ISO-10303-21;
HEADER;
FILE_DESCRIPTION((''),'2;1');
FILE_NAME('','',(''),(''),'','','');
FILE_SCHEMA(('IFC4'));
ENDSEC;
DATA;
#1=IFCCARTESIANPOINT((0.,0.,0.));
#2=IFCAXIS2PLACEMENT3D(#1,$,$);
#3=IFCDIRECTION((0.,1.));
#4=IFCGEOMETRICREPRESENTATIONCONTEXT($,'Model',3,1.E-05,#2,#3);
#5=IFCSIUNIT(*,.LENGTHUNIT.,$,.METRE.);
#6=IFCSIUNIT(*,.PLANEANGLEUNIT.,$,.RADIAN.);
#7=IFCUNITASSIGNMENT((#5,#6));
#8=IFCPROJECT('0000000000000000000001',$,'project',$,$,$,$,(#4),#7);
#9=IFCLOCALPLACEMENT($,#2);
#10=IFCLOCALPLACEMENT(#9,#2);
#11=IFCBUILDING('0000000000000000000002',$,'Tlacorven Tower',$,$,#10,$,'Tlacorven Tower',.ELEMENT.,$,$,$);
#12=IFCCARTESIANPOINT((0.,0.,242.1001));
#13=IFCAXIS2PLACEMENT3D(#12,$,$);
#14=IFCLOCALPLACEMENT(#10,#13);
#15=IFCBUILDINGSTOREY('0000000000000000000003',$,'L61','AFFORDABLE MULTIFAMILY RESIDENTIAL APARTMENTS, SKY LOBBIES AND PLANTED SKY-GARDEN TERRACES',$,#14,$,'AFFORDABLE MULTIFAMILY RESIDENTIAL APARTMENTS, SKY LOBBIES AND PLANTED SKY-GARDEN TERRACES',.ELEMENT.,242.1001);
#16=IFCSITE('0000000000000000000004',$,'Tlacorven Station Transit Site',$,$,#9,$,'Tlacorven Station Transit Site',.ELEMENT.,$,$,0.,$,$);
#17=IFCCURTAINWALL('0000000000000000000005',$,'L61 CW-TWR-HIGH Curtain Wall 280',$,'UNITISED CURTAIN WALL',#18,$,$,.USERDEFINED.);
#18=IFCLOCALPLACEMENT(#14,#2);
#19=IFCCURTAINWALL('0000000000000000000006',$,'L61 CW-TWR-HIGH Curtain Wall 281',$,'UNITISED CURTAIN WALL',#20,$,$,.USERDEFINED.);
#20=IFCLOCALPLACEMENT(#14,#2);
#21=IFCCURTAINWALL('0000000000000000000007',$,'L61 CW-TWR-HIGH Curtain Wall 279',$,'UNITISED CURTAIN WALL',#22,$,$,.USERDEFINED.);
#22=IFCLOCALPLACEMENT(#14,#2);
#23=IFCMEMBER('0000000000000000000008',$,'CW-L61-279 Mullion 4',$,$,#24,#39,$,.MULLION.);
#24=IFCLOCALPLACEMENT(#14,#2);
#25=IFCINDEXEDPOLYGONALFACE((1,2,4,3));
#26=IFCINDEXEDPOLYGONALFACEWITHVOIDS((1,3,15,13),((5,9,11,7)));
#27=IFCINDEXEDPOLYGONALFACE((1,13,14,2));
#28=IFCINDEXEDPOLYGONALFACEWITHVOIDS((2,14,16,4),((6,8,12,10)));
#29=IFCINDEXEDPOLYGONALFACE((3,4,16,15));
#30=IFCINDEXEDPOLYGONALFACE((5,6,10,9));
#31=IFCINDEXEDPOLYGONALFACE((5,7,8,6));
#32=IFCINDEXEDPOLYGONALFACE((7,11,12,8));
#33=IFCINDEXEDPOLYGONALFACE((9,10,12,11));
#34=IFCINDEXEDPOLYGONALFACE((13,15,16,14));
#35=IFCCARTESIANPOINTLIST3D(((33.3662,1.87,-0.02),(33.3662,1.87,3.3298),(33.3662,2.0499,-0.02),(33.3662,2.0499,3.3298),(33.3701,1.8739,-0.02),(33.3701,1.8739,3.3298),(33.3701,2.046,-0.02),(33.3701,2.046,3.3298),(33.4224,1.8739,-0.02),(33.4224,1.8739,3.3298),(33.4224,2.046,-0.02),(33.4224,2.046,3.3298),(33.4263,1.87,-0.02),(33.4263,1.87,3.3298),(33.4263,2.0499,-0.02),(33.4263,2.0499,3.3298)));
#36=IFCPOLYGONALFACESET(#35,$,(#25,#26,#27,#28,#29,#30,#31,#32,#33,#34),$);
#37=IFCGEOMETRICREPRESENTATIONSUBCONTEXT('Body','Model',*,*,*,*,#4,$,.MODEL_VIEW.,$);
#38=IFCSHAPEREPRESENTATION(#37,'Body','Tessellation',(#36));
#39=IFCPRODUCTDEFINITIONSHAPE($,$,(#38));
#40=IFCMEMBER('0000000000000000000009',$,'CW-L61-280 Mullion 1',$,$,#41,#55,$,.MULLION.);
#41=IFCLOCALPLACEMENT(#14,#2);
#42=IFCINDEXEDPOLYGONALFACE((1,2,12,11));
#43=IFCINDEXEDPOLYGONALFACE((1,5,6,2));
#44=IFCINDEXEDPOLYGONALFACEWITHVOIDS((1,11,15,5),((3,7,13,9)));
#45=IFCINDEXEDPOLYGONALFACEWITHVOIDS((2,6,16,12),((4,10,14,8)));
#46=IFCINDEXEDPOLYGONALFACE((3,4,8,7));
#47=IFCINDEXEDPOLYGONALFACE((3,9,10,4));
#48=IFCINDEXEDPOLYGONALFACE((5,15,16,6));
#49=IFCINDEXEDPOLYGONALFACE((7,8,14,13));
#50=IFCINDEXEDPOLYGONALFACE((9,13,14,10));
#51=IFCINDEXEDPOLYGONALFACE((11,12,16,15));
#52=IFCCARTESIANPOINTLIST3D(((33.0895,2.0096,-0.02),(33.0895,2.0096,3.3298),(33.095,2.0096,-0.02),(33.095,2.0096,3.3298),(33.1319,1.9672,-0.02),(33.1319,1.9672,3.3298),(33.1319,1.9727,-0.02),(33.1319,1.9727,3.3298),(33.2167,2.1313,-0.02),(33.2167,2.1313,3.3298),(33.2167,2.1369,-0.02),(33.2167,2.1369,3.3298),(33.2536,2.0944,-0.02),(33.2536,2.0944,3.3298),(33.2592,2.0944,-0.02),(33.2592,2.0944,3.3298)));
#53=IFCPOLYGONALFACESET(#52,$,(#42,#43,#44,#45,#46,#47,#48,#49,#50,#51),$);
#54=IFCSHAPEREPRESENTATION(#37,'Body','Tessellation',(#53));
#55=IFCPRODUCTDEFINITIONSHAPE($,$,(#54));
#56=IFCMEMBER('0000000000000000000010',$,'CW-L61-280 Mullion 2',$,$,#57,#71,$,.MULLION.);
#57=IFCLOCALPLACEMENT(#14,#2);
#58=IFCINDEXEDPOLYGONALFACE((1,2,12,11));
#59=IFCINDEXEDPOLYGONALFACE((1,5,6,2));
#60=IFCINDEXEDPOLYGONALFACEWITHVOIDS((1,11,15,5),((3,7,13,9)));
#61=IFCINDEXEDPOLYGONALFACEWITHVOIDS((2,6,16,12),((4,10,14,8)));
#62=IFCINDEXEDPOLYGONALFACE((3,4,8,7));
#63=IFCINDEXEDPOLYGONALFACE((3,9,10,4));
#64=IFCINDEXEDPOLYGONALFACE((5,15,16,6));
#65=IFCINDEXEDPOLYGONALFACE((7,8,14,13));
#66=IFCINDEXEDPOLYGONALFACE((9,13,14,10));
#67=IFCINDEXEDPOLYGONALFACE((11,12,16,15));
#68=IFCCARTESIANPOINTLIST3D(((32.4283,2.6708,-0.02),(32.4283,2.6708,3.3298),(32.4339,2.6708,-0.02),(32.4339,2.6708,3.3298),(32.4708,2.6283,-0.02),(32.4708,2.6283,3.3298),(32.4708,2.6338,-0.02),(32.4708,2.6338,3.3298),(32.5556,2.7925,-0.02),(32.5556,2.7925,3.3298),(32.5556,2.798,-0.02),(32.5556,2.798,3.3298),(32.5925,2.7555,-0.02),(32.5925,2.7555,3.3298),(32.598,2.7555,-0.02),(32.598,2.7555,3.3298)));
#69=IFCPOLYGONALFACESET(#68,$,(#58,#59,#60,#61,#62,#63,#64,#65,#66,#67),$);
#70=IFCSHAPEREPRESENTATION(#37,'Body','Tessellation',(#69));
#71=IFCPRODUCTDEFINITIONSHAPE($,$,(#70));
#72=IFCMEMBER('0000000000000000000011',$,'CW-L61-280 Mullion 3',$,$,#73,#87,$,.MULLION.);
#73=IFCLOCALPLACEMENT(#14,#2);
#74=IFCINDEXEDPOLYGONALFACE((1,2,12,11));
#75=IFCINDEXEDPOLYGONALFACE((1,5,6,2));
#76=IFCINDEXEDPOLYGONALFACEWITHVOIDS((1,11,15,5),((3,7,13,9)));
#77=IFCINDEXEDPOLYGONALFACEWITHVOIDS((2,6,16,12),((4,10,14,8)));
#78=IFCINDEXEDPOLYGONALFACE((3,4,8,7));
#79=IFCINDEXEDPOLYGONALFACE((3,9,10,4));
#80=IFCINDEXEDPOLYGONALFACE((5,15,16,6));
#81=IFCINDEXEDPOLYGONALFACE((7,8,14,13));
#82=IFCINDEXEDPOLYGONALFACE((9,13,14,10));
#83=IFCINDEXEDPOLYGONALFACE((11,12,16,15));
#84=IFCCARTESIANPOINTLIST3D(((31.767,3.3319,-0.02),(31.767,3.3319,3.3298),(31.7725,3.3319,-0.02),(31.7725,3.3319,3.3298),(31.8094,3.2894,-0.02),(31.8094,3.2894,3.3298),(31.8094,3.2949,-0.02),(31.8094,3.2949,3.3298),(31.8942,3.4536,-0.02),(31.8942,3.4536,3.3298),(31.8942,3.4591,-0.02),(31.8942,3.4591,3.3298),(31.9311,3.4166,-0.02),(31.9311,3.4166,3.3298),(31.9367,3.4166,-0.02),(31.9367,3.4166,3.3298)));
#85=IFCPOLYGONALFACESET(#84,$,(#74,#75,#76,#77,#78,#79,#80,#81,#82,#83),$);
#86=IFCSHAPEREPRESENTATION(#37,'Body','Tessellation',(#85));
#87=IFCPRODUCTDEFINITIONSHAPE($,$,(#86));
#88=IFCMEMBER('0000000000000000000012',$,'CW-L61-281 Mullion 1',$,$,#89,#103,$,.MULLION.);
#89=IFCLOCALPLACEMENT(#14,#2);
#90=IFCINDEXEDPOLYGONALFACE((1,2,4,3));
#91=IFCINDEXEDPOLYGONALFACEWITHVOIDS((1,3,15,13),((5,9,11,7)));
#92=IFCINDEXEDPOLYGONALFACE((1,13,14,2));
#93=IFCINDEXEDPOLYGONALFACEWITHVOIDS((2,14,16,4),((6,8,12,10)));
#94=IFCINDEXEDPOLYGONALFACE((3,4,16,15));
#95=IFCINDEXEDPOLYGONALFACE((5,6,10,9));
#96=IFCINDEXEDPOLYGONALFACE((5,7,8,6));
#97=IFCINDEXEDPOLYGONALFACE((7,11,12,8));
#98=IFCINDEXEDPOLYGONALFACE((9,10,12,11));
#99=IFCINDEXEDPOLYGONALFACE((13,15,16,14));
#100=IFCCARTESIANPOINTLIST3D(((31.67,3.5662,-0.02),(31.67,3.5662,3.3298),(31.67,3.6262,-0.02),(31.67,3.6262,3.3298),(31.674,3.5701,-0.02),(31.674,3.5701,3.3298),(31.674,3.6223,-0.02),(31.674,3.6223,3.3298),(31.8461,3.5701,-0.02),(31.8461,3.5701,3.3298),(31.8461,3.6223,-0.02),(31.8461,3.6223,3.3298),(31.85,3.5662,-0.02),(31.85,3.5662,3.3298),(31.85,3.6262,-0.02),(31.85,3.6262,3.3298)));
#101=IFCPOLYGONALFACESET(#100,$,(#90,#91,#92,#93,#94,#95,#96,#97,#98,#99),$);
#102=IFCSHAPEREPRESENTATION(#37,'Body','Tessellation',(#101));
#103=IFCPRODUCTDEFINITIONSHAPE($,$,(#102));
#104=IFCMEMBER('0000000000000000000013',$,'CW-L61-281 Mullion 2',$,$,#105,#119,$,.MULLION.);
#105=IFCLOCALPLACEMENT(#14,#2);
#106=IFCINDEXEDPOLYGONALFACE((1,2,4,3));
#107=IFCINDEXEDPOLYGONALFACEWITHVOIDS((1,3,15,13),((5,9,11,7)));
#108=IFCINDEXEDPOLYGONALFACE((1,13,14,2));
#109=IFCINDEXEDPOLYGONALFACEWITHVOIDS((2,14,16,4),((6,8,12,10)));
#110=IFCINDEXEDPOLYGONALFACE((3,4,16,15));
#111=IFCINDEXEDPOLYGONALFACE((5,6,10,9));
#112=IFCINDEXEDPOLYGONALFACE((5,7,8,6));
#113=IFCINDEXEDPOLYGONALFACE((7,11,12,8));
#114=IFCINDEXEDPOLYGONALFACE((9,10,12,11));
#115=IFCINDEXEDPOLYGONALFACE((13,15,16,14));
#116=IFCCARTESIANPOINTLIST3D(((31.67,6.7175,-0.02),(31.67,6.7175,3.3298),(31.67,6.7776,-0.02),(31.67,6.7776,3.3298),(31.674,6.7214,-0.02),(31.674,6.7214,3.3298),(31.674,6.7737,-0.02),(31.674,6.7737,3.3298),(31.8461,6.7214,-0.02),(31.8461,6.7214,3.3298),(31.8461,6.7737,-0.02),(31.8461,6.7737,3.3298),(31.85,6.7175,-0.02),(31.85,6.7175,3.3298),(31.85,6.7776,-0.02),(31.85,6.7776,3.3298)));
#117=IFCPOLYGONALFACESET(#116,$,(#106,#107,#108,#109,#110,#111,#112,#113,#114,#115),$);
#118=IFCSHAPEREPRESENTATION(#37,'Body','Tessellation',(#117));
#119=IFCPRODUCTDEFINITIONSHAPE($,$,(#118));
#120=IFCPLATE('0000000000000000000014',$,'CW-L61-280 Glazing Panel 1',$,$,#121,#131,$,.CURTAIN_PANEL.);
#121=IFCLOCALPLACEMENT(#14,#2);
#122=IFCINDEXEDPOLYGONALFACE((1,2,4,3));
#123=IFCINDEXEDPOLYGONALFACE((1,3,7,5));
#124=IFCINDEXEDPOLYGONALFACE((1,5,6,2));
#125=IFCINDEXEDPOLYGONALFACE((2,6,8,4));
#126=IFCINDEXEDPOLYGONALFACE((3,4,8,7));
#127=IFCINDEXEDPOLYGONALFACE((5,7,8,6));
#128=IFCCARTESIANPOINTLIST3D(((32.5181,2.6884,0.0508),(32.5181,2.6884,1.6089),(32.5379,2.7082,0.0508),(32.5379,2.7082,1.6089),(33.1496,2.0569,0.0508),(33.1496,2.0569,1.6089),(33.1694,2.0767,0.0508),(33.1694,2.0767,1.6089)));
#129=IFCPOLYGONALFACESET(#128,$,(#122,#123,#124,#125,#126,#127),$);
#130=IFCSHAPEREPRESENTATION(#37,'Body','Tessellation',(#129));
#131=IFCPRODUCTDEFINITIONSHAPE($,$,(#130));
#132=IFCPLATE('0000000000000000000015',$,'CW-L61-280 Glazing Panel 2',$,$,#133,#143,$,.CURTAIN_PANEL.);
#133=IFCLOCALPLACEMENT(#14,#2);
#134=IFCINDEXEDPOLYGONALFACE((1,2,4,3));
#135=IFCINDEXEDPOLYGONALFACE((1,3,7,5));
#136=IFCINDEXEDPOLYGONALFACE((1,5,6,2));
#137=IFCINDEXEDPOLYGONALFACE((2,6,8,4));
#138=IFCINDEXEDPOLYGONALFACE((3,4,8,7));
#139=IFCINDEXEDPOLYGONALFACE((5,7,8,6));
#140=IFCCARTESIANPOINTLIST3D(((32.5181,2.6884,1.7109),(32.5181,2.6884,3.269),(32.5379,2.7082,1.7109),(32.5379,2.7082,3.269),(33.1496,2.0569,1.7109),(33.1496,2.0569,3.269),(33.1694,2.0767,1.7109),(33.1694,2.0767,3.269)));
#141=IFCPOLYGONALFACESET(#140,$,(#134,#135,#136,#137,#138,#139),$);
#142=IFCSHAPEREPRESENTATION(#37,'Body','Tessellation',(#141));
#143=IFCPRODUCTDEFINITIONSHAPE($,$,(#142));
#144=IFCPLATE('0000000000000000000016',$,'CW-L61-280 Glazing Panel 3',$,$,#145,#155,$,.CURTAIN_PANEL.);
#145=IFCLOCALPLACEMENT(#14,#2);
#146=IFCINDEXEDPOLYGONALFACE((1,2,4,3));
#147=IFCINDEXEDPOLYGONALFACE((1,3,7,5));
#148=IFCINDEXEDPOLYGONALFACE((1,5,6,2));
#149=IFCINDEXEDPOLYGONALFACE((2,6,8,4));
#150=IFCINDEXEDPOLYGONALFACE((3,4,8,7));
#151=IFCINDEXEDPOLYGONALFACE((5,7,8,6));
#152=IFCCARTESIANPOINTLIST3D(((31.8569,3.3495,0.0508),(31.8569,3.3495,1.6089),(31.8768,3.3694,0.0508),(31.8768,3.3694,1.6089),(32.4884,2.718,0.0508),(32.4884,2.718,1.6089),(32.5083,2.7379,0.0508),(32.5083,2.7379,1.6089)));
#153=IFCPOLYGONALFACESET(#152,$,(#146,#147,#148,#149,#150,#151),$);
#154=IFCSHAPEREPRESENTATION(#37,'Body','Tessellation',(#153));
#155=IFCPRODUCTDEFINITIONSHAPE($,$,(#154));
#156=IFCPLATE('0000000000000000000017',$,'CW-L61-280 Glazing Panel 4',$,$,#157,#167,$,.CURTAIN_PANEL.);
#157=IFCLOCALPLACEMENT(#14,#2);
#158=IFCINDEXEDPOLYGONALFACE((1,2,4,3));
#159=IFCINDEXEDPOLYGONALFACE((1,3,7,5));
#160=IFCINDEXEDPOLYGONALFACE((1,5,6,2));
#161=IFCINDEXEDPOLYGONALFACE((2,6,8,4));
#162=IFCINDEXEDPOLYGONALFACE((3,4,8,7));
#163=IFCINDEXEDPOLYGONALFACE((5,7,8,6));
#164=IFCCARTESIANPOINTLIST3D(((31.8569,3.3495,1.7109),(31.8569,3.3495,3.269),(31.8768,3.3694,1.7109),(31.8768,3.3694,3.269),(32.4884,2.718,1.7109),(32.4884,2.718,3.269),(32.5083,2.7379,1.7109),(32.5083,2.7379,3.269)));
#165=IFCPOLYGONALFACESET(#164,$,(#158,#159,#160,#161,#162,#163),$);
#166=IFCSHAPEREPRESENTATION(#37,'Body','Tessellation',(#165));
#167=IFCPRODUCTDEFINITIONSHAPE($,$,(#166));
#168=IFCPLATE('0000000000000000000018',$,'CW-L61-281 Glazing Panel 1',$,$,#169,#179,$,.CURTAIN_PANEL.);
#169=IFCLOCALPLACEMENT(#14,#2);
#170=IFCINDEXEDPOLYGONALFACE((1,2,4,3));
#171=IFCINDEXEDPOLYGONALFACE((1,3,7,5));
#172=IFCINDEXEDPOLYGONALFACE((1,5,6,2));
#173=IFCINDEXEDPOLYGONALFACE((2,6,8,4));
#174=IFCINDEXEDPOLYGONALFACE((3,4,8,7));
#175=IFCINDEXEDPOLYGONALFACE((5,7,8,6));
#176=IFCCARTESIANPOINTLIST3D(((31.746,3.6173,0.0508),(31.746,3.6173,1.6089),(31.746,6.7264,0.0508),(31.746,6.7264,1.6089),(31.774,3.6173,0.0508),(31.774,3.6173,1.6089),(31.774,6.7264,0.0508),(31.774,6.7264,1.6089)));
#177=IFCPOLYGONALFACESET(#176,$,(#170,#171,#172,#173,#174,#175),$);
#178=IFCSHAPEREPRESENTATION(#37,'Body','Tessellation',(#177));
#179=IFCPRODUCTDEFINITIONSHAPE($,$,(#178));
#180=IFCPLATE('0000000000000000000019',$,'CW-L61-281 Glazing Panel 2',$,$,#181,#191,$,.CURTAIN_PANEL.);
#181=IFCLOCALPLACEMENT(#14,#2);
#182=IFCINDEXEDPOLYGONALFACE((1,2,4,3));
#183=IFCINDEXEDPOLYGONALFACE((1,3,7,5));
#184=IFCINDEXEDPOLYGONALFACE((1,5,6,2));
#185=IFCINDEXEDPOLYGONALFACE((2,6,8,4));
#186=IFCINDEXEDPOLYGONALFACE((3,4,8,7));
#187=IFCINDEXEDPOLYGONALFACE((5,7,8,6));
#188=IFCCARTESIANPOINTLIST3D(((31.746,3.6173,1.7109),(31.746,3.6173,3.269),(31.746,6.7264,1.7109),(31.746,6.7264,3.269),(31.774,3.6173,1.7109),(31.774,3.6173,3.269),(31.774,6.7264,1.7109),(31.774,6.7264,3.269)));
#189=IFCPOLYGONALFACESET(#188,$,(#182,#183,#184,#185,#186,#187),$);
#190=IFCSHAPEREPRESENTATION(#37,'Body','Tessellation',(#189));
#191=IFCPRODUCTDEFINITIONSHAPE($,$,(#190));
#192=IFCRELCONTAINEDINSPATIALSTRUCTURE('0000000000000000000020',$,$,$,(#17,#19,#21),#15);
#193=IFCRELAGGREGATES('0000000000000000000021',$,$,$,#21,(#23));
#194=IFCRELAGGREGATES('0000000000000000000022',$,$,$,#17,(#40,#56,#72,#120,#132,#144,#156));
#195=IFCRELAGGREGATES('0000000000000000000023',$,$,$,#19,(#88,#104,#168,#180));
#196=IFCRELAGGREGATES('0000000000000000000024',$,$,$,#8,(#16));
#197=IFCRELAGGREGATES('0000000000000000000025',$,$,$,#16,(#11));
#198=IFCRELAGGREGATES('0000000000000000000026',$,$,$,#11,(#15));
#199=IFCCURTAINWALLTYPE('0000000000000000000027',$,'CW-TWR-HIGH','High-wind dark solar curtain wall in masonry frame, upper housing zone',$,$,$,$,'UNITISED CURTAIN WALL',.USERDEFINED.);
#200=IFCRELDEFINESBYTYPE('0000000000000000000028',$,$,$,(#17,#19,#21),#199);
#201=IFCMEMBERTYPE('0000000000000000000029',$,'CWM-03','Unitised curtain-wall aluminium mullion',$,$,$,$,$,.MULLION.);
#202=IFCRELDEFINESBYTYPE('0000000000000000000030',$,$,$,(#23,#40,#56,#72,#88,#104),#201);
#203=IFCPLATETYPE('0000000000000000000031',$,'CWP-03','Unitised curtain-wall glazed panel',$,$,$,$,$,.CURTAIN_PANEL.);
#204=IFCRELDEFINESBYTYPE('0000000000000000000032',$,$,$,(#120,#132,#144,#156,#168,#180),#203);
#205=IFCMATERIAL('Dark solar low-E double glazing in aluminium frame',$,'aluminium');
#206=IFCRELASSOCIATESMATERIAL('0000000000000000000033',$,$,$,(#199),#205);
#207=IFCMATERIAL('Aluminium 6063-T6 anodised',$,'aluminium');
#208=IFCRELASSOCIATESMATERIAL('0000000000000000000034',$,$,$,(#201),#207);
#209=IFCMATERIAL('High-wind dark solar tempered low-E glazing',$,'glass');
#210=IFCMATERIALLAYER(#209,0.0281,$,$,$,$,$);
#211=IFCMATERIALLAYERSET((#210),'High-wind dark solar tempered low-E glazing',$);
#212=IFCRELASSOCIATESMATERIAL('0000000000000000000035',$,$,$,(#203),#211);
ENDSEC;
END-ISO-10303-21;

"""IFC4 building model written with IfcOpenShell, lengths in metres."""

from ifc_helpers import new_model, si_unit, direction, frame, origin, origin_2d, place, context, subcontext, project, spatial, rectangle, hollow_rectangle, extrude, source, transform, mapped, material, layer, layer_set, material_profile, profile_set, type_object, element, aggregate, save


model = new_model("IFC4")

# Units and contexts
model_context = context("Model", 3, precision=1e-05, world=origin(), true_north=direction((0.0, 1.0)))
body_context = subcontext(model_context, "Body", "Model", "MODEL_VIEW")
ifc_project = project(units=[si_unit("LENGTHUNIT", "METRE"), si_unit("PLANEANGLEUNIT", "RADIAN")], contexts=[model_context])

# Site, building, storey
site_placement = place(None, origin())
site = spatial("IfcSite", under=ifc_project, at=site_placement, Name="Tlacorven Station Transit Site", LongName="Tlacorven Station Transit Site", CompositionType="ELEMENT", RefElevation=0.0)
building_placement = place(site_placement, origin())
building = spatial("IfcBuilding", under=site, at=building_placement, Name="Tlacorven Tower", LongName="Tlacorven Tower", CompositionType="ELEMENT")
storey_placement = place(building_placement, frame((0.0, 0.0, 242.1001)))
storey = spatial("IfcBuildingStorey", under=building, at=storey_placement, Name="L61", Description="AFFORDABLE MULTIFAMILY RESIDENTIAL APARTMENTS, SKY LOBBIES AND PLANTED SKY-GARDEN TERRACES", LongName="AFFORDABLE MULTIFAMILY RESIDENTIAL APARTMENTS, SKY LOBBIES AND PLANTED SKY-GARDEN TERRACES", CompositionType="ELEMENT", Elevation=242.1001)

# Curtain walls
ifc_material_1 = material(Name="Dark solar low-E double glazing in aluminium frame", Category="aluminium")
curtain_wall_type = type_object("IfcCurtainWallType", Name="CW-TWR-HIGH", Description="High-wind dark solar curtain wall in masonry frame, upper housing zone", ElementType="UNITISED CURTAIN WALL", PredefinedType="USERDEFINED", material=ifc_material_1)
curtain_wall_1_placement = place(storey_placement, origin())
curtain_wall_1 = element("IfcCurtainWall", 1, at=curtain_wall_1_placement, inside=storey, type_object=curtain_wall_type, Name="L61 CW-TWR-HIGH Curtain Wall 280", ObjectType="UNITISED CURTAIN WALL", PredefinedType="USERDEFINED")
ifc_material_2 = material(Name="Aluminium 6063-T6 anodised", Category="aluminium")
curtain_wall_2_placement = place(storey_placement, origin())
curtain_wall_2 = element("IfcCurtainWall", 2, at=curtain_wall_2_placement, inside=storey, type_object=curtain_wall_type, Name="L61 CW-TWR-HIGH Curtain Wall 281", ObjectType="UNITISED CURTAIN WALL", PredefinedType="USERDEFINED")

# Curtain wall, member
curtain_wall_3_placement = place(storey_placement, origin())
curtain_wall_3 = element("IfcCurtainWall", 3, at=curtain_wall_3_placement, inside=storey, type_object=curtain_wall_type, Name="L61 CW-TWR-HIGH Curtain Wall 279", ObjectType="UNITISED CURTAIN WALL", PredefinedType="USERDEFINED")
ifc_material_profile_1 = material_profile(ifc_material_2, hollow_rectangle(XDim=0.0601, YDim=0.1799, WallThickness=0.0039, at=origin_2d()), Name="ALU MULLION 60X180")
ifc_profile_set_1 = profile_set([ifc_material_profile_1], Name="Aluminium 6063-T6 anodised")
member_type_1 = type_object("IfcMemberType", Name="CWM-03", Description="Unitised curtain-wall aluminium mullion", PredefinedType="MULLION", material=ifc_profile_set_1)
shared_shape_1 = source(origin(), body_context, "Body", "SweptSolid", [
    extrude(hollow_rectangle(XDim=0.0601, YDim=0.1799, WallThickness=0.0039, at=origin_2d()), origin(), (0.0, 0.0, 1.0), 3.3499),
])
member_1_placement = place(storey_placement, frame((33.3962, 1.96, -0.02), z_axis=(0.0, 0.0, 1.0), x_axis=(-1.0, 0.0, 0.0)))
member_1 = element("IfcMember", 4, at=member_1_placement, type_object=member_type_1, Name="CW-L61-279 Mullion 4", PredefinedType="MULLION", context=body_context, shape_type="MappedRepresentation", body=[
    mapped(shared_shape_1, transform((0.0, 0.0, 0.0), scale=1.0)),
])
aggregate(curtain_wall_3, [member_1])

# Members
member_2_placement = place(storey_placement, frame((33.1743, 2.052, -0.02), z_axis=(0.0, 0.0, 1.0), x_axis=(-0.707107, 0.707107, 0.0)))
member_2 = element("IfcMember", 5, at=member_2_placement, type_object=member_type_1, Name="CW-L61-280 Mullion 1", PredefinedType="MULLION", context=body_context, shape_type="MappedRepresentation", body=[
    mapped(shared_shape_1, transform((0.0, 0.0, 0.0), scale=1.0)),
])
member_3_placement = place(storey_placement, frame((32.5132, 2.7131, -0.02), z_axis=(0.0, 0.0, 1.0), x_axis=(-0.707107, 0.707107, 0.0)))
member_3 = element("IfcMember", 6, at=member_3_placement, type_object=member_type_1, Name="CW-L61-280 Mullion 2", PredefinedType="MULLION", context=body_context, shape_type="MappedRepresentation", body=[
    mapped(shared_shape_1, transform((0.0, 0.0, 0.0), scale=1.0)),
])
member_4_placement = place(storey_placement, frame((31.8518, 3.3743, -0.02), z_axis=(0.0, 0.0, 1.0), x_axis=(-0.707107, 0.707107, 0.0)))
member_4 = element("IfcMember", 7, at=member_4_placement, type_object=member_type_1, Name="CW-L61-280 Mullion 3", PredefinedType="MULLION", context=body_context, shape_type="MappedRepresentation", body=[
    mapped(shared_shape_1, transform((0.0, 0.0, 0.0), scale=1.0)),
])
member_5_placement = place(storey_placement, frame((31.76, 3.5962, -0.02), z_axis=(0.0, 0.0, 1.0), x_axis=(0.0, 1.0, 0.0)))
member_5 = element("IfcMember", 8, at=member_5_placement, type_object=member_type_1, Name="CW-L61-281 Mullion 1", PredefinedType="MULLION", context=body_context, shape_type="MappedRepresentation", body=[
    mapped(shared_shape_1, transform((0.0, 0.0, 0.0), scale=1.0)),
])
member_6_placement = place(storey_placement, frame((31.76, 6.7476, -0.02), z_axis=(0.0, 0.0, 1.0), x_axis=(0.0, 1.0, 0.0)))
member_6 = element("IfcMember", 9, at=member_6_placement, type_object=member_type_1, Name="CW-L61-281 Mullion 2", PredefinedType="MULLION", context=body_context, shape_type="MappedRepresentation", body=[
    mapped(shared_shape_1, transform((0.0, 0.0, 0.0), scale=1.0)),
])

# Plates
ifc_material_3 = material(Name="High-wind dark solar tempered low-E glazing", Category="glass")
ifc_layer = layer(ifc_material_3, 0.0281)
ifc_layer_set = layer_set([ifc_layer], Name="High-wind dark solar tempered low-E glazing")
plate_type = type_object("IfcPlateType", Name="CWP-03", Description="Unitised curtain-wall glazed panel", PredefinedType="CURTAIN_PANEL", material=ifc_layer_set)
shared_shape_2 = source(origin(), body_context, "Body", "SweptSolid", [
    extrude(rectangle(XDim=0.8931, YDim=0.0281, at=origin_2d()), origin(), (0.0, 0.0, 1.0), 1.5581),
])
plate_1_placement = place(storey_placement, frame((32.8438, 2.3826, 0.0508), z_axis=(0.0, 0.0, 1.0), x_axis=(-0.707107, 0.707107, 0.0)))
plate_1 = element("IfcPlate", 10, at=plate_1_placement, type_object=plate_type, Name="CW-L61-280 Glazing Panel 1", PredefinedType="CURTAIN_PANEL", context=body_context, shape_type="MappedRepresentation", body=[
    mapped(shared_shape_2, transform((0.0, 0.0, 0.0), scale=1.0)),
])
plate_2_placement = place(storey_placement, frame((32.8438, 2.3826, 1.7109), z_axis=(0.0, 0.0, 1.0), x_axis=(-0.707107, 0.707107, 0.0)))
plate_2 = element("IfcPlate", 11, at=plate_2_placement, type_object=plate_type, Name="CW-L61-280 Glazing Panel 2", PredefinedType="CURTAIN_PANEL", context=body_context, shape_type="MappedRepresentation", body=[
    mapped(shared_shape_2, transform((0.0, 0.0, 0.0), scale=1.0)),
])
plate_3_placement = place(storey_placement, frame((32.1826, 3.0437, 0.0508), z_axis=(0.0, 0.0, 1.0), x_axis=(-0.707107, 0.707107, 0.0)))
plate_3 = element("IfcPlate", 12, at=plate_3_placement, type_object=plate_type, Name="CW-L61-280 Glazing Panel 3", PredefinedType="CURTAIN_PANEL", context=body_context, shape_type="MappedRepresentation", body=[
    mapped(shared_shape_2, transform((0.0, 0.0, 0.0), scale=1.0)),
])
plate_4_placement = place(storey_placement, frame((32.1826, 3.0437, 1.7109), z_axis=(0.0, 0.0, 1.0), x_axis=(-0.707107, 0.707107, 0.0)))
plate_4 = element("IfcPlate", 13, at=plate_4_placement, type_object=plate_type, Name="CW-L61-280 Glazing Panel 4", PredefinedType="CURTAIN_PANEL", context=body_context, shape_type="MappedRepresentation", body=[
    mapped(shared_shape_2, transform((0.0, 0.0, 0.0), scale=1.0)),
])
aggregate(curtain_wall_1, [member_2, member_3, member_4, plate_1, plate_2, plate_3, plate_4])
shared_shape_3 = source(origin(), body_context, "Body", "SweptSolid", [
    extrude(rectangle(XDim=3.1091, YDim=0.0281, at=origin_2d()), origin(), (0.0, 0.0, 1.0), 1.5581),
])
plate_5_placement = place(storey_placement, frame((31.76, 5.1719, 0.0508), z_axis=(0.0, 0.0, 1.0), x_axis=(0.0, 1.0, 0.0)))
plate_5 = element("IfcPlate", 14, at=plate_5_placement, type_object=plate_type, Name="CW-L61-281 Glazing Panel 1", PredefinedType="CURTAIN_PANEL", context=body_context, shape_type="MappedRepresentation", body=[
    mapped(shared_shape_3, transform((0.0, 0.0, 0.0), scale=1.0)),
])
plate_6_placement = place(storey_placement, frame((31.76, 5.1719, 1.7109), z_axis=(0.0, 0.0, 1.0), x_axis=(0.0, 1.0, 0.0)))
plate_6 = element("IfcPlate", 15, at=plate_6_placement, type_object=plate_type, Name="CW-L61-281 Glazing Panel 2", PredefinedType="CURTAIN_PANEL", context=body_context, shape_type="MappedRepresentation", body=[
    mapped(shared_shape_3, transform((0.0, 0.0, 0.0), scale=1.0)),
])
aggregate(curtain_wall_2, [member_5, member_6, plate_5, plate_6])

save(model, "model.ifc")
